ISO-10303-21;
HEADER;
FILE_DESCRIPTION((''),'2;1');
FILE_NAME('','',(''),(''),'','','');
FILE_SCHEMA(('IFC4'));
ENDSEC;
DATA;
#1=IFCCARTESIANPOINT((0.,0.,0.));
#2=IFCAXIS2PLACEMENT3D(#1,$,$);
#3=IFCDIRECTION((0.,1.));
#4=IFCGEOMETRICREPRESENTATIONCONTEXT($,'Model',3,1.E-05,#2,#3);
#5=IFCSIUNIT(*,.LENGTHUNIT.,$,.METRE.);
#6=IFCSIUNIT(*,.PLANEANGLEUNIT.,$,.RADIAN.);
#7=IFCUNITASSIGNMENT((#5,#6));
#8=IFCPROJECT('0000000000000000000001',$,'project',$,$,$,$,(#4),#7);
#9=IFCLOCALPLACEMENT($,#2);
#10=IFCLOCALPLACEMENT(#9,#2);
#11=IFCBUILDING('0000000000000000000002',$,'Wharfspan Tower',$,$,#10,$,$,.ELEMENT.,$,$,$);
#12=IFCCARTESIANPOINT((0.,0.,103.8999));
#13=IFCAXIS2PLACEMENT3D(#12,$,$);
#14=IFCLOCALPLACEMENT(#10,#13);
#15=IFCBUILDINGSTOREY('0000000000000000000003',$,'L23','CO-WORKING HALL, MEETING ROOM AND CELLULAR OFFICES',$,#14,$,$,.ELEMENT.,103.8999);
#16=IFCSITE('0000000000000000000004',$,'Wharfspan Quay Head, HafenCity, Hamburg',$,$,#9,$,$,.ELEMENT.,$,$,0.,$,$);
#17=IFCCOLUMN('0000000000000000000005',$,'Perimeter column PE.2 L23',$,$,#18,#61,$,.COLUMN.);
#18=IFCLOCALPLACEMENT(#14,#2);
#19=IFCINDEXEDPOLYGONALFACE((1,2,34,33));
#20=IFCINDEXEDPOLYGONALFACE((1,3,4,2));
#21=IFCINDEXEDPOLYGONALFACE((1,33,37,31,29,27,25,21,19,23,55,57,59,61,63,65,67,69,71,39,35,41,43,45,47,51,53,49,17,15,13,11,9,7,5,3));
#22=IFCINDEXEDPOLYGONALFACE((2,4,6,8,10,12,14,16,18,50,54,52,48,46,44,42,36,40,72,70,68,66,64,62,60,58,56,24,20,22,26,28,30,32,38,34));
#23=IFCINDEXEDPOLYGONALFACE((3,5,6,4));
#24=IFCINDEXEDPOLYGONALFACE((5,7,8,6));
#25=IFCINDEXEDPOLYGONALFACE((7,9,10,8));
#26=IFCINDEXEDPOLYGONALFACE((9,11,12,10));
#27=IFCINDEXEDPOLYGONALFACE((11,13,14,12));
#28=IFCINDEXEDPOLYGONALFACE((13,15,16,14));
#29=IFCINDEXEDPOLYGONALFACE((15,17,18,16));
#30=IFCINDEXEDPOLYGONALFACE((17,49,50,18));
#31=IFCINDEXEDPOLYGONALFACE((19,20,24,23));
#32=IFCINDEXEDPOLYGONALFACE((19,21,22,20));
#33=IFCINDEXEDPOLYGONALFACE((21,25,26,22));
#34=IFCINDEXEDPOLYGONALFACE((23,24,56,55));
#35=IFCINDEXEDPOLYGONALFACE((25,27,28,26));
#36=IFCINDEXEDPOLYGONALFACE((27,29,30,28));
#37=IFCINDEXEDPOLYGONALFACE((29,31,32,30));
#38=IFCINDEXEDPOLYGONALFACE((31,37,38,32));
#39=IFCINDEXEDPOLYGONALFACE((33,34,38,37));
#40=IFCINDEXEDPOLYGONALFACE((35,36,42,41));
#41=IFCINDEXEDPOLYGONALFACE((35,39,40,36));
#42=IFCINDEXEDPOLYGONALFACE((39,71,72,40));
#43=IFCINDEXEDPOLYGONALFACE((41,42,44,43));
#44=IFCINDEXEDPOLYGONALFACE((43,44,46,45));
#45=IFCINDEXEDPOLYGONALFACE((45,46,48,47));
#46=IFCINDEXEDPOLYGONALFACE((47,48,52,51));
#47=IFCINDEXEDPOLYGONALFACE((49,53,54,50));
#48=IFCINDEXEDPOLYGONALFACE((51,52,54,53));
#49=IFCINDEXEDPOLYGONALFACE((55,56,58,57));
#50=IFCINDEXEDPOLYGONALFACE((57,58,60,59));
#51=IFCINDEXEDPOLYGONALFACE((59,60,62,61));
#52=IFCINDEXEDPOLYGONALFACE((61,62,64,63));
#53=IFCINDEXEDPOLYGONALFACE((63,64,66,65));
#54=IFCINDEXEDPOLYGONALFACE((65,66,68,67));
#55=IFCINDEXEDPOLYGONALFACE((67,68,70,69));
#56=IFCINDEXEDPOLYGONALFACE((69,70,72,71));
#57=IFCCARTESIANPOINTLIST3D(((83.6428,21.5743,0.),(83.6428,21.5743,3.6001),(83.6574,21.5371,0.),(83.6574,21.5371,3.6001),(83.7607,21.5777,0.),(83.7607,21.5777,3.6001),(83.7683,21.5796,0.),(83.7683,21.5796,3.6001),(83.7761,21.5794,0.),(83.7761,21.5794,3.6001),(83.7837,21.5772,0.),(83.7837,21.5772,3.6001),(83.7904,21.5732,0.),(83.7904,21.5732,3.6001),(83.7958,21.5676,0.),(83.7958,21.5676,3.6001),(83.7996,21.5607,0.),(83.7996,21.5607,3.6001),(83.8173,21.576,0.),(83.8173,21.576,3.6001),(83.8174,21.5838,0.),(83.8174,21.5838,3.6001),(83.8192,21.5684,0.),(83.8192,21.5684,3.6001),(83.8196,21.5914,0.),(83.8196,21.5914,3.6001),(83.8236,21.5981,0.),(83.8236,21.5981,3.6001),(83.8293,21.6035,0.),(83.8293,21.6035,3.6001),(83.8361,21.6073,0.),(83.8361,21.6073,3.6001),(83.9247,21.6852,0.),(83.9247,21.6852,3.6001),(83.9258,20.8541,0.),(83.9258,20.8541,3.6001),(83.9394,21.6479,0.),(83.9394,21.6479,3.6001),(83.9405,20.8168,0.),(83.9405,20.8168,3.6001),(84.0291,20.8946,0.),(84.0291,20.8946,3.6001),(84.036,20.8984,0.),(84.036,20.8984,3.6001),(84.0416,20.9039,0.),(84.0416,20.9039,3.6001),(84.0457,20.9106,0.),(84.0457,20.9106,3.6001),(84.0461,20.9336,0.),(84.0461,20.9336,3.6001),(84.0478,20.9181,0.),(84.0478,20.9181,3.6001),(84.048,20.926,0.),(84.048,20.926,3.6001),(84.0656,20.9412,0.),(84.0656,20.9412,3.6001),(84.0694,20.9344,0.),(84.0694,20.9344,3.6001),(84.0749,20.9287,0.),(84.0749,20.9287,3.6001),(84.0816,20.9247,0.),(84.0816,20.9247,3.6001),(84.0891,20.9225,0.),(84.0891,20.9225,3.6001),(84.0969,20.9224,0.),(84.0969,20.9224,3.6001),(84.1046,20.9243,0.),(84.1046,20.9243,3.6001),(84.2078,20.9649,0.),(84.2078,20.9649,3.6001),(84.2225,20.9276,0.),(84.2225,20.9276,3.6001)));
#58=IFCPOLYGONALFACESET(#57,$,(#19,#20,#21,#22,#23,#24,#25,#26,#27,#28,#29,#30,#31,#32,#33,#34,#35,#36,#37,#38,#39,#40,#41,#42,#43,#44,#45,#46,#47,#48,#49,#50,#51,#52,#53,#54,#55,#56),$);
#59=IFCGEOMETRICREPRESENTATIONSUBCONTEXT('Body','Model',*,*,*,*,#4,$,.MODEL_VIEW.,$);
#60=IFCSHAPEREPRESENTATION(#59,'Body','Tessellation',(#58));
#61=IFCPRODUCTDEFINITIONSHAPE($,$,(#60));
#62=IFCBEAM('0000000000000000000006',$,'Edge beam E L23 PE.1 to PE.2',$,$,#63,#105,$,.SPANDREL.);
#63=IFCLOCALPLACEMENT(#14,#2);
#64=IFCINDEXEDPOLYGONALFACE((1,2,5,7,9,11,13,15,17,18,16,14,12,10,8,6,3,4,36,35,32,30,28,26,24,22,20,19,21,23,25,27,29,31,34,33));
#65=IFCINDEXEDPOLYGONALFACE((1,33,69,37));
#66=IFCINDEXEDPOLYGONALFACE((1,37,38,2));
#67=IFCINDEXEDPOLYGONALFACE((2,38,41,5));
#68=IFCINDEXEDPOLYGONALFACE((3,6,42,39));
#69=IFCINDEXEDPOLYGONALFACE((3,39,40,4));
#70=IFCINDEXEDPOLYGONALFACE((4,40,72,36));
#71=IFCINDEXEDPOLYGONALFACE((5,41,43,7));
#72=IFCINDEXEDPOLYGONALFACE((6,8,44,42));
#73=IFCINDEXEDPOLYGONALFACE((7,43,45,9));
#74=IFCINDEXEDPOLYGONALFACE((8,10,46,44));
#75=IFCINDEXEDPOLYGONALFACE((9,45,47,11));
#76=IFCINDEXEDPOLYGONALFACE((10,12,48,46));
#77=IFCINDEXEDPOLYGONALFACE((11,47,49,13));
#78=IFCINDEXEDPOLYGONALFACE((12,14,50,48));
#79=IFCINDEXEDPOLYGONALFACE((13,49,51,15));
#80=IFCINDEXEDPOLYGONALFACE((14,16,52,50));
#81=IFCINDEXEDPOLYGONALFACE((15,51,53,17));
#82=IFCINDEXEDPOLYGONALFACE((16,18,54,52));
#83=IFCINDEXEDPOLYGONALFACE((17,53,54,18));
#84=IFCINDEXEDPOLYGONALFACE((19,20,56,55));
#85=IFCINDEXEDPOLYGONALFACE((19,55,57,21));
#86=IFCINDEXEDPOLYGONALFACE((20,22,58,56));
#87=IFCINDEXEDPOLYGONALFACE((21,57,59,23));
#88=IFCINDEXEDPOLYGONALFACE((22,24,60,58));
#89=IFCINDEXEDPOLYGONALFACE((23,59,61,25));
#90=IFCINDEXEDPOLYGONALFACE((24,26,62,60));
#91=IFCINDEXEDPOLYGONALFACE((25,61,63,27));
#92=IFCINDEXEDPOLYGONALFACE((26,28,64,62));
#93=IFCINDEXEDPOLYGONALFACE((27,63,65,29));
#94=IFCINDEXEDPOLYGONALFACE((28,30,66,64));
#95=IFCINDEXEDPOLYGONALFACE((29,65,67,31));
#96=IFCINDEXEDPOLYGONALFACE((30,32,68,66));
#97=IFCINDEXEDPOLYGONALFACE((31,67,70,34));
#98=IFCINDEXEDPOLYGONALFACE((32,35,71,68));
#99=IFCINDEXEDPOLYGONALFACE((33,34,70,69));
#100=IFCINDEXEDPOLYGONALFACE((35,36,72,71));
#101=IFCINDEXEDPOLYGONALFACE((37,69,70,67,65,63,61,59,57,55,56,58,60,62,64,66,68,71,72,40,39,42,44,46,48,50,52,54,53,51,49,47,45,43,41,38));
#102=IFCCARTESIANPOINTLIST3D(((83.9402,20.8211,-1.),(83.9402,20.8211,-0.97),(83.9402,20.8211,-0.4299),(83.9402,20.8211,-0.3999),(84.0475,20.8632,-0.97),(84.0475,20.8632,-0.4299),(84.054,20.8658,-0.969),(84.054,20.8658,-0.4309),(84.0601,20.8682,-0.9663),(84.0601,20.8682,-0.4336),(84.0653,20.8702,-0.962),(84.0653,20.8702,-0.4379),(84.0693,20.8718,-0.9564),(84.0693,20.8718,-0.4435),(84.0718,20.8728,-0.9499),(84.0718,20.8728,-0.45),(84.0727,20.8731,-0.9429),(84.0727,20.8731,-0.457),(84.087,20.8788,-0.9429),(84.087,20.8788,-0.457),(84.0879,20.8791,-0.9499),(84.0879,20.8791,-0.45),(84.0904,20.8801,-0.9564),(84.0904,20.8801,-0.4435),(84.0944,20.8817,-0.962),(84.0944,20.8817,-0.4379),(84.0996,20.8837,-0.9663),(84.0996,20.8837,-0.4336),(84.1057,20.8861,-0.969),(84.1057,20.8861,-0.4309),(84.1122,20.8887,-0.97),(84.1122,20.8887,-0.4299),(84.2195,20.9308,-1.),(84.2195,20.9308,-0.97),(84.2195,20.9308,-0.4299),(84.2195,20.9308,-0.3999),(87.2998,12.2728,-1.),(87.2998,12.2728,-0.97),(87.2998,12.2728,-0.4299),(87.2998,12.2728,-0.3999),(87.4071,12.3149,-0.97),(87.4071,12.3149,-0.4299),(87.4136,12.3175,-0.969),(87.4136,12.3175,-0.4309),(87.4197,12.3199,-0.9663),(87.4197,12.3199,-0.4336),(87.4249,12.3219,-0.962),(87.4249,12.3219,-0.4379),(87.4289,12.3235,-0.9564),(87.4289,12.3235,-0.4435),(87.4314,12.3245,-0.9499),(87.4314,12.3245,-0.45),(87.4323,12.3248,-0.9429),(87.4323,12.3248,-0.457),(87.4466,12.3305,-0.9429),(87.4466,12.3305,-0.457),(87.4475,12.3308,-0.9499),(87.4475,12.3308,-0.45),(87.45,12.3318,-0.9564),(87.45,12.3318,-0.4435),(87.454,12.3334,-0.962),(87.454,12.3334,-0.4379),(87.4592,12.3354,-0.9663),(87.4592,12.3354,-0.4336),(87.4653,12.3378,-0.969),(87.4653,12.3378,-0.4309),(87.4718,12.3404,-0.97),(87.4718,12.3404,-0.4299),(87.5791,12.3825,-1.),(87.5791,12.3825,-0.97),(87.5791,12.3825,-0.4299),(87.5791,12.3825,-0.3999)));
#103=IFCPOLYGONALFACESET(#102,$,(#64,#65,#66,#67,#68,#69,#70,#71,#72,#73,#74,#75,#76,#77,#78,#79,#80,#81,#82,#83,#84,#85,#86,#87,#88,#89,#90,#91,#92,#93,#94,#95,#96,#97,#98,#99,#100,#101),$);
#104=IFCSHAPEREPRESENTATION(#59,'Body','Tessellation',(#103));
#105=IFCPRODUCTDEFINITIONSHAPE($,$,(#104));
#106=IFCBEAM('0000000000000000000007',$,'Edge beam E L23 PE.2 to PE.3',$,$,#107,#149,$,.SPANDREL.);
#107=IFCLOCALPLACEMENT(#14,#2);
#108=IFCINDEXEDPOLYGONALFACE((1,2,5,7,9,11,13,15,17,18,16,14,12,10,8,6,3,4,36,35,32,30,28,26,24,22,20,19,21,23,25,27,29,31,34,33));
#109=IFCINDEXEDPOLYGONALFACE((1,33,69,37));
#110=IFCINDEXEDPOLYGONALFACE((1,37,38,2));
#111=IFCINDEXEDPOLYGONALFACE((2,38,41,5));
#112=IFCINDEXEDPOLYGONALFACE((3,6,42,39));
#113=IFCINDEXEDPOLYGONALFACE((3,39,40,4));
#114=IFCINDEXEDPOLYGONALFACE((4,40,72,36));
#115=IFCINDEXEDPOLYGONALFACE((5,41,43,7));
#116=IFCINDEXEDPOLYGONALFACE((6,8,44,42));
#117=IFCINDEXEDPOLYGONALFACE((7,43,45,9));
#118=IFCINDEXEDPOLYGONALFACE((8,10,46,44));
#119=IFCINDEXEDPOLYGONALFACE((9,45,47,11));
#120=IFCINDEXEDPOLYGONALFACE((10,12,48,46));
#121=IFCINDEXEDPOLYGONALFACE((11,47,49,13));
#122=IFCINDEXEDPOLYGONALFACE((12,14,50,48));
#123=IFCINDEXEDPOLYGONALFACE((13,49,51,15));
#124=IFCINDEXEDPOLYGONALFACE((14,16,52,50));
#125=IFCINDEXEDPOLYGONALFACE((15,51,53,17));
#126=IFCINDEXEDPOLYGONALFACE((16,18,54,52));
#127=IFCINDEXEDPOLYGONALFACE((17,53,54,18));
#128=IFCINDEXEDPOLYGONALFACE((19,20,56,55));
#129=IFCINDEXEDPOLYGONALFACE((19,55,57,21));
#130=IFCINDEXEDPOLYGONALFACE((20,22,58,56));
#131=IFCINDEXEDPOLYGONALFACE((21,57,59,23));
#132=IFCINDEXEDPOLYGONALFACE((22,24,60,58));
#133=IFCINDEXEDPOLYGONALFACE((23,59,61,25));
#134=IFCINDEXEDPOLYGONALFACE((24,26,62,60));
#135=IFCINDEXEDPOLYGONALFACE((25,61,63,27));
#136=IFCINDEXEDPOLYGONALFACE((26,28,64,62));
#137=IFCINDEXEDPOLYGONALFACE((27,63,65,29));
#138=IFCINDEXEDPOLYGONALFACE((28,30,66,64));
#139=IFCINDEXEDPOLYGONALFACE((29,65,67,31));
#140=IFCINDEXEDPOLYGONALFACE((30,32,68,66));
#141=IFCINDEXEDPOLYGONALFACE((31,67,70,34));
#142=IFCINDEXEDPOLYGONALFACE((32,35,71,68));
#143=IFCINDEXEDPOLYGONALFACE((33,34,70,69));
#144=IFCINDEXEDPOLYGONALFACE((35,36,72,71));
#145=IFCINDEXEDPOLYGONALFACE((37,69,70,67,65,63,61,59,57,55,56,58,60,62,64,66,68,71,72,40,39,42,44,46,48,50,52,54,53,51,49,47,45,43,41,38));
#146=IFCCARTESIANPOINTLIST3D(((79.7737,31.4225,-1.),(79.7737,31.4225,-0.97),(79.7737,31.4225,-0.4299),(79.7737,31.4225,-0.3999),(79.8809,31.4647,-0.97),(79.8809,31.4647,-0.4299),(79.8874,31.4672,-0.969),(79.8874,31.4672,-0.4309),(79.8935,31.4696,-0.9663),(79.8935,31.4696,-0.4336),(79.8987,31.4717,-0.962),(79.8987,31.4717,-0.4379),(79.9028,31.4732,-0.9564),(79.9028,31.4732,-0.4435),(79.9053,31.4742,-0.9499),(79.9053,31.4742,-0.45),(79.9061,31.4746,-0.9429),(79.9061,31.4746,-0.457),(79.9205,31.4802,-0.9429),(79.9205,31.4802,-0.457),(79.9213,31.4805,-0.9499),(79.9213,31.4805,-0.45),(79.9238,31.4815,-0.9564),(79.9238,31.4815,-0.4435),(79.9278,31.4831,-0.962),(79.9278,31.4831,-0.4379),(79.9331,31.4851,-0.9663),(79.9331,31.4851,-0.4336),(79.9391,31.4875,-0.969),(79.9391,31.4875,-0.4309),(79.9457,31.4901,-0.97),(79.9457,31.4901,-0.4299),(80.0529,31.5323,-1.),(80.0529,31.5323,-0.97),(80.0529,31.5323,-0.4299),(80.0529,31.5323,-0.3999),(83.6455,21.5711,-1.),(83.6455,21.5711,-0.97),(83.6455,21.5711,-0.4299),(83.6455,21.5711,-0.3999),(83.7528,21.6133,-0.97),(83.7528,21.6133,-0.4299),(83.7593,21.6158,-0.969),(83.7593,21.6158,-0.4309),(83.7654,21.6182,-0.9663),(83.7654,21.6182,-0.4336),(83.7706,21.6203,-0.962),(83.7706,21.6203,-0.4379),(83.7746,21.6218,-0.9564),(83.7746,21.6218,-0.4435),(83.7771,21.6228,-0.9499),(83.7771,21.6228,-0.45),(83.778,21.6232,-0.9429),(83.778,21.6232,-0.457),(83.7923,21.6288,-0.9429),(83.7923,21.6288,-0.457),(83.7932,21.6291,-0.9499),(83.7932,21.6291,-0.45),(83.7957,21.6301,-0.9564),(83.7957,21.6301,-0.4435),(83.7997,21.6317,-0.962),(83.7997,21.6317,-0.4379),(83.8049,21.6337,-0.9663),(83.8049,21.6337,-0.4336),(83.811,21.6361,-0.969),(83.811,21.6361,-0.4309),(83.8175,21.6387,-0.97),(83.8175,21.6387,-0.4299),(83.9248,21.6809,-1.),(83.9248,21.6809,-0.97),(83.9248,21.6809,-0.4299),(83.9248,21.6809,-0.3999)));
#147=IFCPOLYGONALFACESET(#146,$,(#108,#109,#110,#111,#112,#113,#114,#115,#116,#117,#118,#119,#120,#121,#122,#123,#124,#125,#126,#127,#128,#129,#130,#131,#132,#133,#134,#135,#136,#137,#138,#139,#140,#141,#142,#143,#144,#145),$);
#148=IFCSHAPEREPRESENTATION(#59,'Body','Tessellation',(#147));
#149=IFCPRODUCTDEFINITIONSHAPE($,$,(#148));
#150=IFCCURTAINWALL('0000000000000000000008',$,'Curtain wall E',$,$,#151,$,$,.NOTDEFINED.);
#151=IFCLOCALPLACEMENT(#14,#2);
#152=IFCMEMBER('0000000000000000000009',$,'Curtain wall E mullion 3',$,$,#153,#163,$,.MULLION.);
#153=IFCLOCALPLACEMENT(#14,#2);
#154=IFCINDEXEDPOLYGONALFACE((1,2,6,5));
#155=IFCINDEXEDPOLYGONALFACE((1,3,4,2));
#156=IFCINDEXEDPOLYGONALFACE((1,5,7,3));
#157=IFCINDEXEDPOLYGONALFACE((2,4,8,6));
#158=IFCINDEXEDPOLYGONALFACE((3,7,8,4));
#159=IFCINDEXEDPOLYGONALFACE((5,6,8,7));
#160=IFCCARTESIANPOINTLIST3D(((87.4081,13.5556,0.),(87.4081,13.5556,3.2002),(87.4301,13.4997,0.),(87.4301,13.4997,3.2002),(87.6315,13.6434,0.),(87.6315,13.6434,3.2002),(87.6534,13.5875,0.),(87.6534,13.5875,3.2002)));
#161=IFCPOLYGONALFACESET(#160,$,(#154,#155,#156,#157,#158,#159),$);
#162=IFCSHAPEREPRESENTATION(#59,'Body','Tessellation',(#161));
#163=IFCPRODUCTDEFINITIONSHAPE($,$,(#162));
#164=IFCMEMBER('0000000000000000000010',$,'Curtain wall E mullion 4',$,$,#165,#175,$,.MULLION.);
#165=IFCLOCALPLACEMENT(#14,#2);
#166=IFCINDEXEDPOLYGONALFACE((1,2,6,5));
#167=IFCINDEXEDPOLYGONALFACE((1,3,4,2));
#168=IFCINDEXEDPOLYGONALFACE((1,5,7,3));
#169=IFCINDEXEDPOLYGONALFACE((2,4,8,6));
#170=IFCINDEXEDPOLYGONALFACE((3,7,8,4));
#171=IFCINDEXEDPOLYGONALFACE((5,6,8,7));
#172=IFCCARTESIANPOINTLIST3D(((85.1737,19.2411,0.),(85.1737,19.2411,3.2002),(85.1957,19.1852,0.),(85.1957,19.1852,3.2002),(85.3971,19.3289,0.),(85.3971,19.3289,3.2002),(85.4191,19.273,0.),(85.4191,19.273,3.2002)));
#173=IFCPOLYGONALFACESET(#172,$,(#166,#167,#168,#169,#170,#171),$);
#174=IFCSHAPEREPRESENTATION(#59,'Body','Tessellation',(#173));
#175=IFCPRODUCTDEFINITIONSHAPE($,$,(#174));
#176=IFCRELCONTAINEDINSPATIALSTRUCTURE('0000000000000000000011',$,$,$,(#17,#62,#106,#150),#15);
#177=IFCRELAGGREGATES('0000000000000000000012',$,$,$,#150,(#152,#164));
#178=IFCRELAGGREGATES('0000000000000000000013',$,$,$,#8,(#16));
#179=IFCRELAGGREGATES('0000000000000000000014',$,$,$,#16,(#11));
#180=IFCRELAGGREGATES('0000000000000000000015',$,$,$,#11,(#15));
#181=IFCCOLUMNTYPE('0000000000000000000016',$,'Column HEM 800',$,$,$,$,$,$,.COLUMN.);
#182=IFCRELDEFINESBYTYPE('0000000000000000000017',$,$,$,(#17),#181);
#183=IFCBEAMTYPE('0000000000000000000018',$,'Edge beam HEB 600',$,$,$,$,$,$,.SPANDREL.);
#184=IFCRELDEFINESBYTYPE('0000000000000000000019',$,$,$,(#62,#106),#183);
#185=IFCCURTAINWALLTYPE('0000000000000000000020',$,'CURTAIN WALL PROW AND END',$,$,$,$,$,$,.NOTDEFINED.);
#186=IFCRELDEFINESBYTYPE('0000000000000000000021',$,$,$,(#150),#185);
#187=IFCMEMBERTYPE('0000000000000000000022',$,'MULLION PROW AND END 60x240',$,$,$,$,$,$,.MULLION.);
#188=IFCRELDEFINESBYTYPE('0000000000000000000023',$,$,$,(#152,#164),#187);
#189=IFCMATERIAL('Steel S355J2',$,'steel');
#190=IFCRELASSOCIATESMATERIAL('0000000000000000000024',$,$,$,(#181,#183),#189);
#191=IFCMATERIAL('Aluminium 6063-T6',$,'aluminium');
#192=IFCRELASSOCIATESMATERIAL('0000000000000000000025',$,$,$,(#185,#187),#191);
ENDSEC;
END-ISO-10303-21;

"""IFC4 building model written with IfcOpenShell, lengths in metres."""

from ifc_helpers import new_model, si_unit, direction, frame, origin, origin_2d, place, context, subcontext, project, spatial, rectangle, i_section, extrude, material, material_profile, profile_set, type_object, element, aggregate, save


model = new_model("IFC4")

# Units and contexts
model_context = context("Model", 3, precision=1e-05, world=origin(), true_north=direction((0.0, 1.0)))
body_context = subcontext(model_context, "Body", "Model", "MODEL_VIEW")
ifc_project = project(units=[si_unit("LENGTHUNIT", "METRE"), si_unit("PLANEANGLEUNIT", "RADIAN")], contexts=[model_context])

# Site, building, storey
site_placement = place(None, origin())
site = spatial("IfcSite", under=ifc_project, at=site_placement, Name="Wharfspan Quay Head, HafenCity, Hamburg", CompositionType="ELEMENT", RefElevation=0.0)
building_placement = place(site_placement, origin())
building = spatial("IfcBuilding", under=site, at=building_placement, Name="Wharfspan Tower", CompositionType="ELEMENT")
storey_placement = place(building_placement, frame((0.0, 0.0, 103.8999)))
storey = spatial("IfcBuildingStorey", under=building, at=storey_placement, Name="L23", Description="CO-WORKING HALL, MEETING ROOM AND CELLULAR OFFICES", CompositionType="ELEMENT", Elevation=103.8999)

# Column
ifc_material_1 = material(Name="Steel S355J2", Category="steel")
ifc_material_profile_1 = material_profile(ifc_material_1, i_section(OverallWidth=0.303, OverallDepth=0.814, WebThickness=0.021, FlangeThickness=0.04, FilletRadius=0.03, at=origin_2d()))
ifc_profile_set_1 = profile_set([ifc_material_profile_1], Name="Steel S355J2")
column_type = type_object("IfcColumnType", Name="Column HEM 800", PredefinedType="COLUMN", material=ifc_profile_set_1)
column_placement = place(storey_placement, frame((83.9326, 21.251, 0.0), z_axis=(0.0, 0.0, 1.0), x_axis=(0.930702, 0.365778, 0.0)))
element("IfcColumn", 1, at=column_placement, inside=storey, type_object=column_type, Name="Perimeter column PE.2 L23", PredefinedType="COLUMN", context=body_context, shape_type="SweptSolid", body=[
    extrude(i_section(OverallWidth=0.303, OverallDepth=0.814, WebThickness=0.021, FlangeThickness=0.04, FilletRadius=0.03, at=origin_2d()), origin(), (0.0, 0.0, 1.0), 3.6001),
])

# Beams
ifc_material_profile_2 = material_profile(ifc_material_1, i_section(OverallWidth=0.3, OverallDepth=0.6001, WebThickness=0.0154, FlangeThickness=0.03, FilletRadius=0.0271, at=origin_2d()))
ifc_profile_set_2 = profile_set([ifc_material_profile_2], Name="Steel S355J2")
beam_type = type_object("IfcBeamType", Name="Edge beam HEB 600", PredefinedType="SPANDREL", material=ifc_profile_set_2)
beam_1_placement = place(storey_placement, frame((87.4395, 12.3276, -0.7), z_axis=(-0.365779, 0.930702, 0.0), x_axis=(-0.930702, -0.365779, 0.0)))
element("IfcBeam", 2, at=beam_1_placement, inside=storey, type_object=beam_type, Name="Edge beam E L23 PE.1 to PE.2", PredefinedType="SPANDREL", context=body_context, shape_type="SweptSolid", body=[
    extrude(i_section(OverallWidth=0.3, OverallDepth=0.6001, WebThickness=0.0154, FlangeThickness=0.03, FilletRadius=0.0271, at=origin_2d()), origin(), (0.0, 0.0, 1.0), 9.1848),
])
beam_2_placement = place(storey_placement, frame((83.7852, 21.626, -0.7), z_axis=(-0.365789, 0.930698, 0.0), x_axis=(-0.930698, -0.365789, 0.0)))
element("IfcBeam", 3, at=beam_2_placement, inside=storey, type_object=beam_type, Name="Edge beam E L23 PE.2 to PE.3", PredefinedType="SPANDREL", context=body_context, shape_type="SweptSolid", body=[
    extrude(i_section(OverallWidth=0.3, OverallDepth=0.6001, WebThickness=0.0154, FlangeThickness=0.03, FilletRadius=0.0271, at=origin_2d()), origin(), (0.0, 0.0, 1.0), 10.585),
])

# Curtain wall, members
ifc_material_2 = material(Name="Aluminium 6063-T6", Category="aluminium")
curtain_wall_type = type_object("IfcCurtainWallType", Name="CURTAIN WALL PROW AND END", PredefinedType="NOTDEFINED", material=ifc_material_2)
curtain_wall_placement = place(storey_placement, origin())
curtain_wall = element("IfcCurtainWall", 4, at=curtain_wall_placement, inside=storey, type_object=curtain_wall_type, Name="Curtain wall E", PredefinedType="NOTDEFINED")
ifc_material_profile_3 = material_profile(ifc_material_2, rectangle(XDim=0.24, YDim=0.0601, at=origin_2d()))
ifc_profile_set_3 = profile_set([ifc_material_profile_3], Name="Aluminium 6063-T6")
member_type_1 = type_object("IfcMemberType", Name="MULLION PROW AND END 60x240", PredefinedType="MULLION", material=ifc_profile_set_3)
member_1_placement = place(storey_placement, frame((87.5308, 13.5715, 0.0), z_axis=(0.0, 0.0, 1.0), x_axis=(-0.930702, -0.365778, 0.0)))
member_1 = element("IfcMember", 5, at=member_1_placement, type_object=member_type_1, Name="Curtain wall E mullion 3", PredefinedType="MULLION", context=body_context, shape_type="SweptSolid", body=[
    extrude(rectangle(XDim=0.24, YDim=0.0601, at=origin_2d()), origin(), (0.0, 0.0, 1.0), 3.2002),
])
member_2_placement = place(storey_placement, frame((85.2964, 19.2571, 0.0), z_axis=(0.0, 0.0, 1.0), x_axis=(-0.930702, -0.365778, 0.0)))
member_2 = element("IfcMember", 6, at=member_2_placement, type_object=member_type_1, Name="Curtain wall E mullion 4", PredefinedType="MULLION", context=body_context, shape_type="SweptSolid", body=[
    extrude(rectangle(XDim=0.24, YDim=0.0601, at=origin_2d()), origin(), (0.0, 0.0, 1.0), 3.2002),
])

aggregate(curtain_wall, [member_1, member_2])

save(model, "model.ifc")
